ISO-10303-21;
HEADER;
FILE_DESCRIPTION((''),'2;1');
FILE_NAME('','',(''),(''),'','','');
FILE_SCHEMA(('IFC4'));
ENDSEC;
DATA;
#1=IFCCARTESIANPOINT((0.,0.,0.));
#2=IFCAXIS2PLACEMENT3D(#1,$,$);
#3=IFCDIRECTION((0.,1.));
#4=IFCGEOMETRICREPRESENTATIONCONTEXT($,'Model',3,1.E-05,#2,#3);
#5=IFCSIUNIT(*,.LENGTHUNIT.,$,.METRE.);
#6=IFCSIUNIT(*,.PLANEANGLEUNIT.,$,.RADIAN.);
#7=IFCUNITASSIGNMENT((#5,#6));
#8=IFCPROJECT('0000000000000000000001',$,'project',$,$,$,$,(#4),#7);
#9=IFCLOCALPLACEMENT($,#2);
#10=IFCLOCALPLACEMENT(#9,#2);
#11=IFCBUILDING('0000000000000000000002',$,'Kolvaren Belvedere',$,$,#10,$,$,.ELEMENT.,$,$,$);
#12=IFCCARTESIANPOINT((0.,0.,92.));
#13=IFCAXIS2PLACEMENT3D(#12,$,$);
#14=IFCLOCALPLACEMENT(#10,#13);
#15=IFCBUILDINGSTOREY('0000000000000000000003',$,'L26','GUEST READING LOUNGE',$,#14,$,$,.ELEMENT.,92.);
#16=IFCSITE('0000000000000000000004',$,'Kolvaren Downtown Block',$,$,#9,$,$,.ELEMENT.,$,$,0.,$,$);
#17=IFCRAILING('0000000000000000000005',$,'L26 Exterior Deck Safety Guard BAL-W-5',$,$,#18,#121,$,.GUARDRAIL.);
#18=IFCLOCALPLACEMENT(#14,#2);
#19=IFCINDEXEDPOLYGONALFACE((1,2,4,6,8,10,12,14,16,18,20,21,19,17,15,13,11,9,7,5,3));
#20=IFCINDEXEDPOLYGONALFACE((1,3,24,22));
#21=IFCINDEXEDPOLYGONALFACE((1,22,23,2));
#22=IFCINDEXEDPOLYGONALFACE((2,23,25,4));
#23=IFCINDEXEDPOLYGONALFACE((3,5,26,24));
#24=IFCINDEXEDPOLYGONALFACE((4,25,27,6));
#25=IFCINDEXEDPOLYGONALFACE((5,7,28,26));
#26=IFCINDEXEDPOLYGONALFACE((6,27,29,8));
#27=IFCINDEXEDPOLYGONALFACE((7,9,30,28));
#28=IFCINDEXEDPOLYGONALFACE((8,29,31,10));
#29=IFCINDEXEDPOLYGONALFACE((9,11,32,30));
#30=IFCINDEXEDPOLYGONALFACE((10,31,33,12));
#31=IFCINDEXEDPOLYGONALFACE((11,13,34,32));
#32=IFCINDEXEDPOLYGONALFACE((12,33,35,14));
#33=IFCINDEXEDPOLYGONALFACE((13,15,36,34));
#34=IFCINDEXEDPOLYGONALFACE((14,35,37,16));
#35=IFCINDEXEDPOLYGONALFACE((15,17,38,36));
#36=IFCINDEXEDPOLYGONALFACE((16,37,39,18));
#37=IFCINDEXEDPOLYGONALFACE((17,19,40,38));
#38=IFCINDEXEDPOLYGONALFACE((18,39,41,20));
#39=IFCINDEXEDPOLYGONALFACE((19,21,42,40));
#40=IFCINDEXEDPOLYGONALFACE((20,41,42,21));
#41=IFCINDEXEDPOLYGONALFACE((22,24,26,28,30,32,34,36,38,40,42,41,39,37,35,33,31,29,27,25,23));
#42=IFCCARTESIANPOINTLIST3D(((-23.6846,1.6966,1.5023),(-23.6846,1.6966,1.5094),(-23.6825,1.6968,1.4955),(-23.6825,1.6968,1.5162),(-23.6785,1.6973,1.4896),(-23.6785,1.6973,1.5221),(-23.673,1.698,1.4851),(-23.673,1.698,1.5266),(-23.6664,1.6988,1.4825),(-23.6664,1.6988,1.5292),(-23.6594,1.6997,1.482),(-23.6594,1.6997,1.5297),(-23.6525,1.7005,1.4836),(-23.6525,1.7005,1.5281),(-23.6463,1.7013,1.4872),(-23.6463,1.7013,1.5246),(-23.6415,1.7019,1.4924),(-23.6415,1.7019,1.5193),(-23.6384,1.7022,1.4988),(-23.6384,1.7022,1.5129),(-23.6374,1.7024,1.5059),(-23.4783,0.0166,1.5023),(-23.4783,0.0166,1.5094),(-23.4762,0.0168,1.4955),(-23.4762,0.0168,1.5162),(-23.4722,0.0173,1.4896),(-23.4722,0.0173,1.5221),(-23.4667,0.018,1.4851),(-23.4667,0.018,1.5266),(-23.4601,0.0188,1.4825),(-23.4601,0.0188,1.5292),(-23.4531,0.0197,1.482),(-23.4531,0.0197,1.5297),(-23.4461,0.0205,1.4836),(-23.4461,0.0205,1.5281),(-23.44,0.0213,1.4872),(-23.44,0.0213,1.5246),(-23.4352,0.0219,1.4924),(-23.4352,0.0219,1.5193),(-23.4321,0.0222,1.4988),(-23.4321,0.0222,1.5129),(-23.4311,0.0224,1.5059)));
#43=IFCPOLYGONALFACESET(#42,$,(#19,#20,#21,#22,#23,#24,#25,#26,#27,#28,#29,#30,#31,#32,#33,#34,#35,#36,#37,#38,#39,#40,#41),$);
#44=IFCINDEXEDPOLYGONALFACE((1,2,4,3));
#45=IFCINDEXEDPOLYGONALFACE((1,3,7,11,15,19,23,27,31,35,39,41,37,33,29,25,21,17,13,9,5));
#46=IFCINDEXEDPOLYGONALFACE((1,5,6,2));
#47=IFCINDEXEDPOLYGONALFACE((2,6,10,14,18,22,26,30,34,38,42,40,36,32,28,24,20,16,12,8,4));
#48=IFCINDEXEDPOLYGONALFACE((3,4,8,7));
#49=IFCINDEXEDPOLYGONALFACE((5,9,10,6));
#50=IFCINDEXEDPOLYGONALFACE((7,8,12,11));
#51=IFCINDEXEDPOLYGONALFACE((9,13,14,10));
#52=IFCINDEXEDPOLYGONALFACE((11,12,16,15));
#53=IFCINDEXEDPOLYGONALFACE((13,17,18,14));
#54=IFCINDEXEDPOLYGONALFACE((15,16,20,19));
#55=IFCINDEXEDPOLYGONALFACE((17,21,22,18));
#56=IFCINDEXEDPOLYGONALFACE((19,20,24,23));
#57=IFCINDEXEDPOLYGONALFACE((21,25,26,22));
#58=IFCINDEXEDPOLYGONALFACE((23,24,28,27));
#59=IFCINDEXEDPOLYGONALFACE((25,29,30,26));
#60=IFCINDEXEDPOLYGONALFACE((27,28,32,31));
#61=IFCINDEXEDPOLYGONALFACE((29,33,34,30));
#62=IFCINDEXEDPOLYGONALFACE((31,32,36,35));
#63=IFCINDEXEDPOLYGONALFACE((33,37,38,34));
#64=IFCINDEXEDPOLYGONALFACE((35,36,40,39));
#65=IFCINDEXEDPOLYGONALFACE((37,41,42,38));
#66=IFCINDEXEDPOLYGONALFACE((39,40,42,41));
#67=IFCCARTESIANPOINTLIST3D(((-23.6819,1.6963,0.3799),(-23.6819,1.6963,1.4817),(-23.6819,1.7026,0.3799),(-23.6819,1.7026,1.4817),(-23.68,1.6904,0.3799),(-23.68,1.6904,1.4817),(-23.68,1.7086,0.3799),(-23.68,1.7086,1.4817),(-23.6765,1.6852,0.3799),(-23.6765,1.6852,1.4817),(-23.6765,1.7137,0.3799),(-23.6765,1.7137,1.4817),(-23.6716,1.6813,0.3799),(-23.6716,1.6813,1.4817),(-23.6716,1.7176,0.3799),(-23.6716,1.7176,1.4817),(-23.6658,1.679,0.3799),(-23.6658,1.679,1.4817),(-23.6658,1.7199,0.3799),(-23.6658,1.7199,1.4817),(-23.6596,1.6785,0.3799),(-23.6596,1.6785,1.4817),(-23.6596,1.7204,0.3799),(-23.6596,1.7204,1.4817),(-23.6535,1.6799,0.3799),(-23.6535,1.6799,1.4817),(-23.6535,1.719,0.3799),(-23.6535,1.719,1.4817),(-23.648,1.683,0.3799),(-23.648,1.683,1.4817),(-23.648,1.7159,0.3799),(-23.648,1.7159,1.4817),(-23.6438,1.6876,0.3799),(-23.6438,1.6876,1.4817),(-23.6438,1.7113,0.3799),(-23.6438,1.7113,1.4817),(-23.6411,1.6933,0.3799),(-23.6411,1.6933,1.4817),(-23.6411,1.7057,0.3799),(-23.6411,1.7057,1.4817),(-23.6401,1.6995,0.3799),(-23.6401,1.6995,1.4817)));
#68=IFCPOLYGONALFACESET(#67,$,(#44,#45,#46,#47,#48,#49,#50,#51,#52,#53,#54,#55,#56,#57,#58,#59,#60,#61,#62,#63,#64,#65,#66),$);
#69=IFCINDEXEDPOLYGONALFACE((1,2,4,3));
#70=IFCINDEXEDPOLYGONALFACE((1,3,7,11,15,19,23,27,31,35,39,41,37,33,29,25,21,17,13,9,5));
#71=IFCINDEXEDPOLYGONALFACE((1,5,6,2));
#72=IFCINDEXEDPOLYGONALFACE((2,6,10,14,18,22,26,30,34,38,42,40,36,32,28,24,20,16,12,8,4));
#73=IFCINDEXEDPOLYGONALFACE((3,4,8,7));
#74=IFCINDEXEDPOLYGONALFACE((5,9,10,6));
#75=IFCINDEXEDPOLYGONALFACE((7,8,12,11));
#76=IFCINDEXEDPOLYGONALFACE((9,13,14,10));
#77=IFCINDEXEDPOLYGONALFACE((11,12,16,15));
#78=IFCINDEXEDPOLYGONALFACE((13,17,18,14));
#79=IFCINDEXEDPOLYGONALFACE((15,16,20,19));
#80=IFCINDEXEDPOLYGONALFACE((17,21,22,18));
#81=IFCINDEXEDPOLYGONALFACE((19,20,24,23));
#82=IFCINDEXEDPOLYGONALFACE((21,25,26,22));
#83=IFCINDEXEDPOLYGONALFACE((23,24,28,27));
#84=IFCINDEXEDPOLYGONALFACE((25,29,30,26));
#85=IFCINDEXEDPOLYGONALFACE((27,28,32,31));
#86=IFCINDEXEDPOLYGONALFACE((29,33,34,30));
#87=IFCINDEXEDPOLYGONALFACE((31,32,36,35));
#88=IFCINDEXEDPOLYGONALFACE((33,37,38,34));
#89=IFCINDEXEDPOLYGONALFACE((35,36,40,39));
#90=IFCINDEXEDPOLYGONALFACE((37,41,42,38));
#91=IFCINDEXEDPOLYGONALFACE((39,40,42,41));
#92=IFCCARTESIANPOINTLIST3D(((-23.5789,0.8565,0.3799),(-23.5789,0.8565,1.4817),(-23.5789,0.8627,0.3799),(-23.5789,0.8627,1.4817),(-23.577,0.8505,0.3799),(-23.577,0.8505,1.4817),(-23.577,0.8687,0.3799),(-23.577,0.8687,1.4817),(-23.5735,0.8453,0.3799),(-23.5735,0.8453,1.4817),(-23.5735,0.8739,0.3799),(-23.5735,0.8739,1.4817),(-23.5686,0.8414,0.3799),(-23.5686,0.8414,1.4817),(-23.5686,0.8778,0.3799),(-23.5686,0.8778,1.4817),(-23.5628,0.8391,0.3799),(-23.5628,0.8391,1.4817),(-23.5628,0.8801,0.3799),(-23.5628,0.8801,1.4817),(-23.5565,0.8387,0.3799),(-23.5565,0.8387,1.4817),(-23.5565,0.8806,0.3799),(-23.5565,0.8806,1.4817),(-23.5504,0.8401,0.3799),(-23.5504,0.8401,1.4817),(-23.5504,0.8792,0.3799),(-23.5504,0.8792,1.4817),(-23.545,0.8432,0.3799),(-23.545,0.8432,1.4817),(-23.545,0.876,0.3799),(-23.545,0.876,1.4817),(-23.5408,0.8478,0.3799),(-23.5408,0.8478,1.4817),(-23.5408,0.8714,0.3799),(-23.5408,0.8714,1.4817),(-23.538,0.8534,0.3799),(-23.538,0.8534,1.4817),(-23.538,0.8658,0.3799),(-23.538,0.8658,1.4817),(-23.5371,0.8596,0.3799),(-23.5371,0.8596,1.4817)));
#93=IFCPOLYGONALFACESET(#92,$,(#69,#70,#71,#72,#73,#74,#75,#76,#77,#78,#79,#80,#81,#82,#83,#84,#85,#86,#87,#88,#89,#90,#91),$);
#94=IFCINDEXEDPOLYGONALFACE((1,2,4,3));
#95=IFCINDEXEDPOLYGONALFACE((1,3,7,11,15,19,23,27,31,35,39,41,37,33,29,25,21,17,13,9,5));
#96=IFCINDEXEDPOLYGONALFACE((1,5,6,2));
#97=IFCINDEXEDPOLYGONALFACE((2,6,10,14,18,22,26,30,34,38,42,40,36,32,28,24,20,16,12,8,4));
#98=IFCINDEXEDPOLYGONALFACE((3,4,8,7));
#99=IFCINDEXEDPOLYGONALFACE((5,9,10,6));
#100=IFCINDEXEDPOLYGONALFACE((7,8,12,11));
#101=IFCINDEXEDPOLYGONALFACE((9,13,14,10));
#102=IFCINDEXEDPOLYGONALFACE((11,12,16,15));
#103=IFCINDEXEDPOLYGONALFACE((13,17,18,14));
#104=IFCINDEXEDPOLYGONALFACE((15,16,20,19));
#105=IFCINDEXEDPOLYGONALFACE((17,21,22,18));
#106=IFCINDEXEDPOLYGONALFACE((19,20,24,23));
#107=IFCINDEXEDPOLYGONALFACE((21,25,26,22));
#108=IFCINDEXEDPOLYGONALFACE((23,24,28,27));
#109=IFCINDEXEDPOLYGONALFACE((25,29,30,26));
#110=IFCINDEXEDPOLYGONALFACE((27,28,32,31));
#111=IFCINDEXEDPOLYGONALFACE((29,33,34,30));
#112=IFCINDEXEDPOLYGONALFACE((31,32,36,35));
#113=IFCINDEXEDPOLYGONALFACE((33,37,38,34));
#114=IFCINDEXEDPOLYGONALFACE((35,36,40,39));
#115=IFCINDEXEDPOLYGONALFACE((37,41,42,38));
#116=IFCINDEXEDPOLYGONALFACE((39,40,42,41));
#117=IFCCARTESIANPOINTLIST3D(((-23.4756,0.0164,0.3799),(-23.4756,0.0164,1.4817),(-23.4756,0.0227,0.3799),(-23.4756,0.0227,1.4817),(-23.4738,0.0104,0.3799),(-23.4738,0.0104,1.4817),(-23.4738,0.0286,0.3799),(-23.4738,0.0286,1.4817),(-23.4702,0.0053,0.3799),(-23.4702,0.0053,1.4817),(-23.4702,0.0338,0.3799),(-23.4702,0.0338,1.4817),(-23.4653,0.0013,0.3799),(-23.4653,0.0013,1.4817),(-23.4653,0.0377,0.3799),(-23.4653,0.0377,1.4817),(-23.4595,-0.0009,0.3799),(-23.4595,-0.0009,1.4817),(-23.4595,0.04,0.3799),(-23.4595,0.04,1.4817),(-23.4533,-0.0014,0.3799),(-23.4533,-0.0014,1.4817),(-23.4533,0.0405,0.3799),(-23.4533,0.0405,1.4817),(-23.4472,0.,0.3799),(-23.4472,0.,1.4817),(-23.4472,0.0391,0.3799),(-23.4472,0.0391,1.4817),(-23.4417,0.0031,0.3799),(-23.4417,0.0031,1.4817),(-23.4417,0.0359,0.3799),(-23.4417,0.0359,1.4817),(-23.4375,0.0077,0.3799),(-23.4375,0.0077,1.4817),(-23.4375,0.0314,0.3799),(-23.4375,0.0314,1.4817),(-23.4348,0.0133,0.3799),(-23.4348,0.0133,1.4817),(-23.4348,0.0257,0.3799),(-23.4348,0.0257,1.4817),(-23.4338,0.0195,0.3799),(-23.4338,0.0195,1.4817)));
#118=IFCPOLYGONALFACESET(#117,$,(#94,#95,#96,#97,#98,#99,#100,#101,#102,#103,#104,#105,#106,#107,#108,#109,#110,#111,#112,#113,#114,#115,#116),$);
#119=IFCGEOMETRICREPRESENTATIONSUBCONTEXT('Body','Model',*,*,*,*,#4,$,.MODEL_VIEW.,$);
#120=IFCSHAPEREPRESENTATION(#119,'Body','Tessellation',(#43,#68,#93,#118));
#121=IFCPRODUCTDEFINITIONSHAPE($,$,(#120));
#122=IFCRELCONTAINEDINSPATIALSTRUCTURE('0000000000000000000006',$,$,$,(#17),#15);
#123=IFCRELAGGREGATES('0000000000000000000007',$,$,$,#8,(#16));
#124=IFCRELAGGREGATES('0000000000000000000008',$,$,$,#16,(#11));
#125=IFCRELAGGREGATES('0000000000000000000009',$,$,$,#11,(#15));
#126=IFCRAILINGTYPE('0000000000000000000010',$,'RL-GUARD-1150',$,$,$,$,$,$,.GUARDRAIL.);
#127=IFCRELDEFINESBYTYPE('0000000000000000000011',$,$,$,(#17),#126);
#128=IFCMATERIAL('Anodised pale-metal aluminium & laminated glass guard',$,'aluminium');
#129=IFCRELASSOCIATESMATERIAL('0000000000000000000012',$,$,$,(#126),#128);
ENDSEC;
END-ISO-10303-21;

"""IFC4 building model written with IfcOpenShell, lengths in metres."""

from ifc_helpers import new_model, si_unit, direction, frame, origin, origin_2d, place, context, subcontext, project, spatial, circle, extrude, material, type_object, element, save


model = new_model("IFC4")

# Units and contexts
model_context = context("Model", 3, precision=1e-05, world=origin(), true_north=direction((0.0, 1.0)))
body_context = subcontext(model_context, "Body", "Model", "MODEL_VIEW")
ifc_project = project(units=[si_unit("LENGTHUNIT", "METRE"), si_unit("PLANEANGLEUNIT", "RADIAN")], contexts=[model_context])

# Site, building, storey
site_placement = place(None, origin())
site = spatial("IfcSite", under=ifc_project, at=site_placement, Name="Kolvaren Downtown Block", CompositionType="ELEMENT", RefElevation=0.0)
building_placement = place(site_placement, origin())
building = spatial("IfcBuilding", under=site, at=building_placement, Name="Kolvaren Belvedere", CompositionType="ELEMENT")
storey_placement = place(building_placement, frame((0.0, 0.0, 92.0)))
storey = spatial("IfcBuildingStorey", under=building, at=storey_placement, Name="L26", Description="GUEST READING LOUNGE", CompositionType="ELEMENT", Elevation=92.0)

# Railing
ifc_material_1 = material(Name="Anodised pale-metal aluminium & laminated glass guard", Category="aluminium")
railing_type = type_object("IfcRailingType", Name="RL-GUARD-1150", PredefinedType="GUARDRAIL", material=ifc_material_1)
railing_1_placement = place(storey_placement, frame((-23.6611, 1.6995, 0.3799)))
element("IfcRailing", 1, at=railing_1_placement, inside=storey, type_object=railing_type, Name="L26 Exterior Deck Safety Guard BAL-W-5", PredefinedType="GUARDRAIL", context=body_context, shape_type="SweptSolid", body=[
    extrude(circle(Radius=0.0239, at=origin_2d()), frame((0.0, 0.0, 1.126), z_axis=(0.121886, -0.992544, 0.0), x_axis=(0.992544, 0.121886, 0.0)), (0.0, 0.0, 1.0), 1.6926),
    extrude(circle(Radius=0.021, at=origin_2d()), origin(), (0.0, 0.0, 1.0), 1.1018),
    extrude(circle(Radius=0.021, at=origin_2d()), frame((0.103, -0.8398, 0.0)), (0.0, 0.0, 1.0), 1.1018),
    extrude(circle(Radius=0.021, at=origin_2d()), frame((0.2063, -1.6799, 0.0)), (0.0, 0.0, 1.0), 1.1018),
])

save(model, "model.ifc")
